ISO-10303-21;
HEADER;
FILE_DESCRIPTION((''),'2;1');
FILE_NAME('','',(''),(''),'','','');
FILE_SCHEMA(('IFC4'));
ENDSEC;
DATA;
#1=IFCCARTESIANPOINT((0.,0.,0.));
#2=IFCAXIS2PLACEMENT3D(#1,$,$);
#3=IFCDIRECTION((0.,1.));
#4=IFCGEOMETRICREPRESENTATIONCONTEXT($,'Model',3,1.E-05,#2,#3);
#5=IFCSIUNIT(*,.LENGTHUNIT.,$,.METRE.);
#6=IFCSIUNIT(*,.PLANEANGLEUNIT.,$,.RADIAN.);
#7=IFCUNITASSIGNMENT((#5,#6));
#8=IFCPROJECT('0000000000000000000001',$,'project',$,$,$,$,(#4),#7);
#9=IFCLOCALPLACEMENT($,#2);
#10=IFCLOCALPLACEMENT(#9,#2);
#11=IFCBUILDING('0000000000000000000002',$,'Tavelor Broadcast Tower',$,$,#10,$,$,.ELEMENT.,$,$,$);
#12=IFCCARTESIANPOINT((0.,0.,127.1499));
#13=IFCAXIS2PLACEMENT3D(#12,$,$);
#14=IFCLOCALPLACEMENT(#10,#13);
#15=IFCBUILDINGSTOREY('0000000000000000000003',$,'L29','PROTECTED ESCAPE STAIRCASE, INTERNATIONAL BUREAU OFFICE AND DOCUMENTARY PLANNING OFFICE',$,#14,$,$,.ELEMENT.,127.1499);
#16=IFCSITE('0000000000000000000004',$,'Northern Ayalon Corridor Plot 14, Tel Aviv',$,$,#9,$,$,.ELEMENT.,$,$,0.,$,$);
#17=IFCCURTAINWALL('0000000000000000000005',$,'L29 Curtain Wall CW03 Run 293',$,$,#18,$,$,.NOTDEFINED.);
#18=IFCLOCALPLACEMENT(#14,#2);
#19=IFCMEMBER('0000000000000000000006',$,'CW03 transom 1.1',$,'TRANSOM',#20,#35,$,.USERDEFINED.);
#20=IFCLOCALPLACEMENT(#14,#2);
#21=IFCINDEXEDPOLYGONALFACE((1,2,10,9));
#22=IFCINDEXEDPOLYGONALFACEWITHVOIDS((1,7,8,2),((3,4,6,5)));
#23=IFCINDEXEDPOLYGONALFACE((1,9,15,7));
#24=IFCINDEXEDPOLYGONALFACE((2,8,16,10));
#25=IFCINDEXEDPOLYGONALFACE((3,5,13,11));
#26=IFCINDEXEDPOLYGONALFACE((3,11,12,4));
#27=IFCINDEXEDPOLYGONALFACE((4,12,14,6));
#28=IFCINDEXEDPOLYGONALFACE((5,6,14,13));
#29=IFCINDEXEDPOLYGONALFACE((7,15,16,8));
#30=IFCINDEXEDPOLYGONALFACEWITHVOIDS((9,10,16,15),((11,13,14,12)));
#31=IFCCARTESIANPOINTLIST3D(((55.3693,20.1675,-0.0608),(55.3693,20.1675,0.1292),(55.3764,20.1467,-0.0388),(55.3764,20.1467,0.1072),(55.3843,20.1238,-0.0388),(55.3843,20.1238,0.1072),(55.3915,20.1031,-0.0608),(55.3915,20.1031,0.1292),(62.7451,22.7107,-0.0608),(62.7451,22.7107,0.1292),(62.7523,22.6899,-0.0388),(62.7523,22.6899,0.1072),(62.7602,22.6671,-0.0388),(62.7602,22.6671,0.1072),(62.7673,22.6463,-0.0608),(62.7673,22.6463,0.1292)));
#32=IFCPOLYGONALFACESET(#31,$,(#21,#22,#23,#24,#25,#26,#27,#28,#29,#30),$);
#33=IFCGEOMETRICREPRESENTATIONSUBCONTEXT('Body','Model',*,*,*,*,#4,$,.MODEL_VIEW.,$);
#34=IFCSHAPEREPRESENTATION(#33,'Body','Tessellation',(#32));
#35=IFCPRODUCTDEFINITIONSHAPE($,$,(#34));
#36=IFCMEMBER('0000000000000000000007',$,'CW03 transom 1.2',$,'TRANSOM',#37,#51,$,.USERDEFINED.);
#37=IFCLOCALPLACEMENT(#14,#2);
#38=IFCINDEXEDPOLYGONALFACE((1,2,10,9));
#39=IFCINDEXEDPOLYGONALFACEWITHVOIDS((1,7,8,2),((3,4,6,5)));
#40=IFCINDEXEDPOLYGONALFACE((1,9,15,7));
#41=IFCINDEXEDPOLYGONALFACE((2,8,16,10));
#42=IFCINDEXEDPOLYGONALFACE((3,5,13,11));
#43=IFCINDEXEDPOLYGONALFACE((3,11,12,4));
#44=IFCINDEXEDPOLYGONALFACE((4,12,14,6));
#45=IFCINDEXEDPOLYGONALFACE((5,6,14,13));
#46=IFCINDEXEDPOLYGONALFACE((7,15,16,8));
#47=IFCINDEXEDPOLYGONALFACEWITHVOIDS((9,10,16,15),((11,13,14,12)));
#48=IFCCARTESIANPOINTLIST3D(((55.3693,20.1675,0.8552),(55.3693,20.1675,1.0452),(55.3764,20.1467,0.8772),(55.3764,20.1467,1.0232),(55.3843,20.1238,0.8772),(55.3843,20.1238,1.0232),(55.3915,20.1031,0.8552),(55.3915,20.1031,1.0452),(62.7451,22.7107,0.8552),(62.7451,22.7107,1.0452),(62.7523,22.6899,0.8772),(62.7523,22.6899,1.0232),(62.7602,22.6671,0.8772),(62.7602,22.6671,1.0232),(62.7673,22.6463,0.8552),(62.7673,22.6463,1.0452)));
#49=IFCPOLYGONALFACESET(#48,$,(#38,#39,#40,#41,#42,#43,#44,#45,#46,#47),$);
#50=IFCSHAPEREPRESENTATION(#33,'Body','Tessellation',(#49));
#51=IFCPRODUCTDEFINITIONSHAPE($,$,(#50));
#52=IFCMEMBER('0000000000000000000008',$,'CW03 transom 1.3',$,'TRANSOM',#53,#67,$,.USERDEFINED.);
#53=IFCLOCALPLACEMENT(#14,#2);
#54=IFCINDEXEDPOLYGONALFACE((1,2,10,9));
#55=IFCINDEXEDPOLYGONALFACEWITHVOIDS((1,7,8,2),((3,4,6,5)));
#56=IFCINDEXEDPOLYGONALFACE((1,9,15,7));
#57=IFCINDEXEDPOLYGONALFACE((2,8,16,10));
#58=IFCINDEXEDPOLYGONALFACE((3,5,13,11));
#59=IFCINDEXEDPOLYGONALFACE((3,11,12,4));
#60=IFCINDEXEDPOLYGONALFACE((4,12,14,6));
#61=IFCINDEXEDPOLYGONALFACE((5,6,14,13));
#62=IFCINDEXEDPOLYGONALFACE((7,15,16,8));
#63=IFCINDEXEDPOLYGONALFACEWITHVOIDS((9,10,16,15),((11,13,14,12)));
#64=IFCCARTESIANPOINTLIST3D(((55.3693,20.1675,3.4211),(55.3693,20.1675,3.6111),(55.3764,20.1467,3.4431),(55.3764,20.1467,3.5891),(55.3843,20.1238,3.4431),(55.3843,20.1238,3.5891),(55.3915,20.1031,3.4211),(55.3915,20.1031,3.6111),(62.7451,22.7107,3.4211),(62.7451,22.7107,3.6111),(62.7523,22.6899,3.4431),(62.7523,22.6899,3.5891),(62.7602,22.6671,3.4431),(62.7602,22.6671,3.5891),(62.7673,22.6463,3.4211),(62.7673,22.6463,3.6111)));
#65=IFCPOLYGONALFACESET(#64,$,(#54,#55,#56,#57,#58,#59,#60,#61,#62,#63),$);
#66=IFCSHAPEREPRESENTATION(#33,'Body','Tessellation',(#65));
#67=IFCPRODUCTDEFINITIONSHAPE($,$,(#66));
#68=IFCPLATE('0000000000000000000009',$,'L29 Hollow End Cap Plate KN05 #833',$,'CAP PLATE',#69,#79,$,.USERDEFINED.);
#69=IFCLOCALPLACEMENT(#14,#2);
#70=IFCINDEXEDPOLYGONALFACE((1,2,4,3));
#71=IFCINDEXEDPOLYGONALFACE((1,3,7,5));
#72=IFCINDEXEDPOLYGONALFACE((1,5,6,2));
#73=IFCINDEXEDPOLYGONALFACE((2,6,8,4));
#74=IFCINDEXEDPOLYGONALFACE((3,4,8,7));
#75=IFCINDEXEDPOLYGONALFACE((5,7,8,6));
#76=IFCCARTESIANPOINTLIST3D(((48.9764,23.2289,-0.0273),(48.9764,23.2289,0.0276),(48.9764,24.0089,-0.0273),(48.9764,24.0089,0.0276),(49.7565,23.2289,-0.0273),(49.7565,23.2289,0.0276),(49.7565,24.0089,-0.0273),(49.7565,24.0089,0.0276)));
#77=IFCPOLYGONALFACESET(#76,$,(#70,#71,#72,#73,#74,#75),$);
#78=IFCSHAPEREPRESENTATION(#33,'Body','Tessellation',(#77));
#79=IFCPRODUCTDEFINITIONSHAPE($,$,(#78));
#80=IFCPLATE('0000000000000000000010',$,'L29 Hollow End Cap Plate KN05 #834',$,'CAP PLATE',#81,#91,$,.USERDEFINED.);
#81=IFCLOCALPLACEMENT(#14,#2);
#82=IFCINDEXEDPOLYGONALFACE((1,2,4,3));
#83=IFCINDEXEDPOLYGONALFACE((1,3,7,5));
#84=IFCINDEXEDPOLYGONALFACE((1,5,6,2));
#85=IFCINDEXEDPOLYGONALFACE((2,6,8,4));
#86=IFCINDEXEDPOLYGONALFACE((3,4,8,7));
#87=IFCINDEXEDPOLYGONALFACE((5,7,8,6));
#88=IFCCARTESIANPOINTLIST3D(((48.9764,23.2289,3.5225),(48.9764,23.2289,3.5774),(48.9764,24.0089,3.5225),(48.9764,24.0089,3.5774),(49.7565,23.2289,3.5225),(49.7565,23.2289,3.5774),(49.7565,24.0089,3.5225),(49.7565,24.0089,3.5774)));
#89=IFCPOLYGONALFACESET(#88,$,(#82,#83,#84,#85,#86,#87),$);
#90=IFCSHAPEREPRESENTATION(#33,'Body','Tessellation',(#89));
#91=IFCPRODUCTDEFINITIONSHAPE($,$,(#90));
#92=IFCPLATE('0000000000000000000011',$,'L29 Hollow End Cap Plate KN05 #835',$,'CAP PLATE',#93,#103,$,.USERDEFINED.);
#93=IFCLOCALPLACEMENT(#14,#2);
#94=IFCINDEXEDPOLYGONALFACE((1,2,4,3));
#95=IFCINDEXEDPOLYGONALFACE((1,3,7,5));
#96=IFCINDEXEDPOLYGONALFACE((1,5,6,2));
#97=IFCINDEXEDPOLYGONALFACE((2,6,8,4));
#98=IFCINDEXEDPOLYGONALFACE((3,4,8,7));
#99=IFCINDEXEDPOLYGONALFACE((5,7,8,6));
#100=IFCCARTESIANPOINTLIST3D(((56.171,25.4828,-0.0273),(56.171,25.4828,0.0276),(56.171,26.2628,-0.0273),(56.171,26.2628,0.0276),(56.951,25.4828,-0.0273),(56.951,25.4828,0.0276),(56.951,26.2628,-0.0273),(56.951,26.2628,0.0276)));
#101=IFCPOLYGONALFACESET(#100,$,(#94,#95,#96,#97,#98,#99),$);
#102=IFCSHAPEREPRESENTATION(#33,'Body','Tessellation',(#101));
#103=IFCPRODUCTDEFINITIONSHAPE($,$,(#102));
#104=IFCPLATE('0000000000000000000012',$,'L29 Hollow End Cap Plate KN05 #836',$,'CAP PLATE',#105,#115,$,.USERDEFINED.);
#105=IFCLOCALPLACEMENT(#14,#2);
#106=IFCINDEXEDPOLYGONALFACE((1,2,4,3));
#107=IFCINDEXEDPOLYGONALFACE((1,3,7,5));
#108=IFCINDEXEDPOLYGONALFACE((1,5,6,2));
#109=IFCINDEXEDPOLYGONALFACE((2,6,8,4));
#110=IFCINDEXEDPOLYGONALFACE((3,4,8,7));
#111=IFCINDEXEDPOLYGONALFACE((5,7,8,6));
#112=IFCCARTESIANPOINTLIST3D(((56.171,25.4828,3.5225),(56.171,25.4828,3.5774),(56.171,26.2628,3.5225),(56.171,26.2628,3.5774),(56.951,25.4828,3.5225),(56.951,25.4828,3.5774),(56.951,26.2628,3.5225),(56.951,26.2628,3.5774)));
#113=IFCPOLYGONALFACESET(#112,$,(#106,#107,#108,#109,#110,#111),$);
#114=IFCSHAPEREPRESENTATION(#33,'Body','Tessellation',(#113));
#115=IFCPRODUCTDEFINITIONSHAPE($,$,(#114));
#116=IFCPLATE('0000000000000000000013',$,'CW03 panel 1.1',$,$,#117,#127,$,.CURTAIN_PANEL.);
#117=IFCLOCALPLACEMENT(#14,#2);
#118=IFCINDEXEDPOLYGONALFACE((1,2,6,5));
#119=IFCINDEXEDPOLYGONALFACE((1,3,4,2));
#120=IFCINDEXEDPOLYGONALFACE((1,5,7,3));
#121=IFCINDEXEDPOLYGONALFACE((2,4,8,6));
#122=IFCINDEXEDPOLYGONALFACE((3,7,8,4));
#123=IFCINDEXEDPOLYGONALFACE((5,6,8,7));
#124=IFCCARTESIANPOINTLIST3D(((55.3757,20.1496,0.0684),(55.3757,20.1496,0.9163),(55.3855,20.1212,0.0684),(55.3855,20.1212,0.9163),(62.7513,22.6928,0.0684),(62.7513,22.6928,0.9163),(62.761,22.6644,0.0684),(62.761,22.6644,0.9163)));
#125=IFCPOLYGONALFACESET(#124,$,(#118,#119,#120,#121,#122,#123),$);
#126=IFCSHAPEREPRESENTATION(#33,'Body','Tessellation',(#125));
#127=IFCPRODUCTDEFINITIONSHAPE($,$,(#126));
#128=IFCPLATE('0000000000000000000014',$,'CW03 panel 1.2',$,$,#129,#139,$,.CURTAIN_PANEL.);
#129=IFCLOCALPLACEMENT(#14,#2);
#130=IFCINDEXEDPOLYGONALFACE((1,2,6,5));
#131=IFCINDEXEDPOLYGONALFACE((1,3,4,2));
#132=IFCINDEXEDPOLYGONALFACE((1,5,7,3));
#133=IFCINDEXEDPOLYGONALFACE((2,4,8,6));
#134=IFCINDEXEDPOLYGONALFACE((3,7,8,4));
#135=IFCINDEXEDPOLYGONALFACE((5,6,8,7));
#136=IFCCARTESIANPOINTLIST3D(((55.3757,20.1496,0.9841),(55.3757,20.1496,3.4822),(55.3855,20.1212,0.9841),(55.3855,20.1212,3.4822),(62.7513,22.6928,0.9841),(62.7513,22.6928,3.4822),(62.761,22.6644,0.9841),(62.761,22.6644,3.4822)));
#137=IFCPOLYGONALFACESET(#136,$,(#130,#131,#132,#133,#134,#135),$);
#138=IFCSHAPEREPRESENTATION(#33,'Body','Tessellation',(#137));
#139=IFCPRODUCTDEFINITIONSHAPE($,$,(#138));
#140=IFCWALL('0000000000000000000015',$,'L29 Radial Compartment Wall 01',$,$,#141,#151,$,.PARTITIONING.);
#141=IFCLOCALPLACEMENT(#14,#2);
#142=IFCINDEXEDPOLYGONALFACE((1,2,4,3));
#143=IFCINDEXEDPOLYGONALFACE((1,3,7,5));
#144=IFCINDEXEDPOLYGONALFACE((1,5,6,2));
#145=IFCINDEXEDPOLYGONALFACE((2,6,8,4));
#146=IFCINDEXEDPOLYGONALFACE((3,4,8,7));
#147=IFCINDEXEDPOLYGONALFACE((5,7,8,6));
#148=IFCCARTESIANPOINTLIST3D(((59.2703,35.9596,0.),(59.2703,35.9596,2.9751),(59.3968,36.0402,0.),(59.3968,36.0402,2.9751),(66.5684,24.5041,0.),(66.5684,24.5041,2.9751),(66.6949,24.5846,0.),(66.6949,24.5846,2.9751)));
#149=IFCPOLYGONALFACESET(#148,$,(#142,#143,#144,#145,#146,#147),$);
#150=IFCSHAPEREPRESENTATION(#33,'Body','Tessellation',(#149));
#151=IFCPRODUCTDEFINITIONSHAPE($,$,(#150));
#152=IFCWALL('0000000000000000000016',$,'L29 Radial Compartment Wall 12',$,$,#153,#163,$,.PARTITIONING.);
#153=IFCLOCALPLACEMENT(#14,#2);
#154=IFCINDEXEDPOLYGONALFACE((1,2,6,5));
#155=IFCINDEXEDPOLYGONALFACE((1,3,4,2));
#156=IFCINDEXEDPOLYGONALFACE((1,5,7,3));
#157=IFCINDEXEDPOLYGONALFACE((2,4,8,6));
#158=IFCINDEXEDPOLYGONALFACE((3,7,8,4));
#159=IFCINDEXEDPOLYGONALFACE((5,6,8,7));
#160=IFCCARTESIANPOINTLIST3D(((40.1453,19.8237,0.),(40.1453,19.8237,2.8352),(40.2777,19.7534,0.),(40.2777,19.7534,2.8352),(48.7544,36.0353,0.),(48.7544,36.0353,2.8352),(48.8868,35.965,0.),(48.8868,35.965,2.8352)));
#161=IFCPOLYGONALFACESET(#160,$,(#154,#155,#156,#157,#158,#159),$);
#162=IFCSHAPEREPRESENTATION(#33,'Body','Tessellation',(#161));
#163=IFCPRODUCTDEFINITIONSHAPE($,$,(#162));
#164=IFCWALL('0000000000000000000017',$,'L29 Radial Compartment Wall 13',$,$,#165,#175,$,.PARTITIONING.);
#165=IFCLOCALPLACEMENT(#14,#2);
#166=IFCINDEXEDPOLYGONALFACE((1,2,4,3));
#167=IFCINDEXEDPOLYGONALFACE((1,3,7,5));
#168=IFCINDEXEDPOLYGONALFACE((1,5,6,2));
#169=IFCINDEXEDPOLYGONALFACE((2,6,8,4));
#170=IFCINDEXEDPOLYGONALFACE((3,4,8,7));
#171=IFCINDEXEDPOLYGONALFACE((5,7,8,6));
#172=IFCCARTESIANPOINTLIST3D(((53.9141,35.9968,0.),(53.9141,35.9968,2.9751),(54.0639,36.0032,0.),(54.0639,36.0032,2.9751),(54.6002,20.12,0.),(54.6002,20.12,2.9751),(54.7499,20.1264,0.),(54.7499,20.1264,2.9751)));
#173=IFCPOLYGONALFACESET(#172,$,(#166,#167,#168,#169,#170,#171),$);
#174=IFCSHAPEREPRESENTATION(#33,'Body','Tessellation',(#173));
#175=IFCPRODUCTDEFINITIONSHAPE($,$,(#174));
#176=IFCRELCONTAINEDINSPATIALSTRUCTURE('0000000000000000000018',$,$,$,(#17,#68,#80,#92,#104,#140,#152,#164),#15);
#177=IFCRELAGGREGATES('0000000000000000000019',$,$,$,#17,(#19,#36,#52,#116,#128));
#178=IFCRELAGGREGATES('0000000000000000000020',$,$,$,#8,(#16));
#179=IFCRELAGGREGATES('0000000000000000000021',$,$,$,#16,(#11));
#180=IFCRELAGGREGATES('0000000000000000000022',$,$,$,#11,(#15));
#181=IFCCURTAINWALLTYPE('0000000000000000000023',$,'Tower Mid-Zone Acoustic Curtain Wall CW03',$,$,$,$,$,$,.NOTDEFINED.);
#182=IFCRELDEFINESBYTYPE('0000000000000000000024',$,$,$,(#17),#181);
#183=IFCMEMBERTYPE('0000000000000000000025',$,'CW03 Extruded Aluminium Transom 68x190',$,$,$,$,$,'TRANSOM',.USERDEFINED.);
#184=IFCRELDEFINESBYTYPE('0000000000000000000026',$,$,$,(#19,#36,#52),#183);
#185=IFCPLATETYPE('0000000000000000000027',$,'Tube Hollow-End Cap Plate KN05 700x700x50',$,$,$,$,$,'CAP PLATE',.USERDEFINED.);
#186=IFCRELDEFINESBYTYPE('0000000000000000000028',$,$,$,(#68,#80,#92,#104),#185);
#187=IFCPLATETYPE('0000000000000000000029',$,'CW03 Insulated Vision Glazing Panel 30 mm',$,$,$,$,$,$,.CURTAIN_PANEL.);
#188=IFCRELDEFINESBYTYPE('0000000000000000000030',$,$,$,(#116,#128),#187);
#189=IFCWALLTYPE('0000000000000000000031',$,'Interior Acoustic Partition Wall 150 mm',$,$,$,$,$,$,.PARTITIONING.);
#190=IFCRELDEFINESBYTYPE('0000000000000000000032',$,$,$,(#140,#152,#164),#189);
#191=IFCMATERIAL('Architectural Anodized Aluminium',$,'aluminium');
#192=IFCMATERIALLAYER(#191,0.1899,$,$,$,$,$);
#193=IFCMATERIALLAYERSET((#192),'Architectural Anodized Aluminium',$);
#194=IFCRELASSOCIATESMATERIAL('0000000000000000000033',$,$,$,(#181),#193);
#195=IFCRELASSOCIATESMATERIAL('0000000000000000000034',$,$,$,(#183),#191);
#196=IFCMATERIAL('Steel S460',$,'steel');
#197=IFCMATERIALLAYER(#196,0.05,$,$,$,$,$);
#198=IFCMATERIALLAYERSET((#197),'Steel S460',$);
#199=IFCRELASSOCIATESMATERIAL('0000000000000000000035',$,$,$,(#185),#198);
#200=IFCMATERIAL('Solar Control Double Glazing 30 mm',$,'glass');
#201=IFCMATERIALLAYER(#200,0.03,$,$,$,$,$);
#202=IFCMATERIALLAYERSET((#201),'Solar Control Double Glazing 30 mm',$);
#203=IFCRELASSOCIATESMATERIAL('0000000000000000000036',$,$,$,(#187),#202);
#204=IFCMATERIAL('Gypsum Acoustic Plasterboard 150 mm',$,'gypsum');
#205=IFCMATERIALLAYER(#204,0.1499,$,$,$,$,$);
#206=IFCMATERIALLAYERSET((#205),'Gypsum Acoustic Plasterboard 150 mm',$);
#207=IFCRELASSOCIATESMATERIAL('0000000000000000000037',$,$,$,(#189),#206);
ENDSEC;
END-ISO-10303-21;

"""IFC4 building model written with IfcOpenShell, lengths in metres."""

from ifc_helpers import new_model, si_unit, direction, frame, frame_2d, origin, origin_2d, place, context, subcontext, project, spatial, rectangle, hollow_rectangle, extrude, source, transform, mapped, material, layer, layer_set, material_profile, profile_set, type_object, type_shapes, element, aggregate, save


model = new_model("IFC4")

# Units and contexts
model_context = context("Model", 3, precision=1e-05, world=origin(), true_north=direction((0.0, 1.0)))
body_context = subcontext(model_context, "Body", "Model", "MODEL_VIEW")
ifc_project = project(units=[si_unit("LENGTHUNIT", "METRE"), si_unit("PLANEANGLEUNIT", "RADIAN")], contexts=[model_context])

# Site, building, storey
site_placement = place(None, origin())
site = spatial("IfcSite", under=ifc_project, at=site_placement, Name="Northern Ayalon Corridor Plot 14, Tel Aviv", CompositionType="ELEMENT", RefElevation=0.0)
building_placement = place(site_placement, origin())
building = spatial("IfcBuilding", under=site, at=building_placement, Name="Tavelor Broadcast Tower", CompositionType="ELEMENT")
storey_placement = place(building_placement, frame((0.0, 0.0, 127.1499)))
storey = spatial("IfcBuildingStorey", under=building, at=storey_placement, Name="L29", Description="PROTECTED ESCAPE STAIRCASE, INTERNATIONAL BUREAU OFFICE AND DOCUMENTARY PLANNING OFFICE", CompositionType="ELEMENT", Elevation=127.1499)

# Shared definitions
ifc_material_1 = material(Name="Steel S460", Category="steel")

# Curtain wall, members
ifc_material_2 = material(Name="Architectural Anodized Aluminium", Category="aluminium")
ifc_layer_1 = layer(ifc_material_2, 0.1899)
ifc_layer_set_1 = layer_set([ifc_layer_1], Name="Architectural Anodized Aluminium")
curtain_wall_type = type_object("IfcCurtainWallType", Name="Tower Mid-Zone Acoustic Curtain Wall CW03", PredefinedType="NOTDEFINED", material=ifc_layer_set_1)
curtain_wall_placement = place(storey_placement, origin())
curtain_wall = element("IfcCurtainWall", 1, at=curtain_wall_placement, inside=storey, type_object=curtain_wall_type, Name="L29 Curtain Wall CW03 Run 293", PredefinedType="NOTDEFINED")
ifc_material_profile_1 = material_profile(ifc_material_2, hollow_rectangle(XDim=0.0681, YDim=0.1899, WallThickness=0.022, at=origin_2d()), Name="RHS 68x190x22")
ifc_profile_set_1 = profile_set([ifc_material_profile_1], Name="Architectural Anodized Aluminium")
member_type_1 = type_object("IfcMemberType", Name="CW03 Extruded Aluminium Transom 68x190", ElementType="TRANSOM", PredefinedType="USERDEFINED", material=ifc_profile_set_1)
shared_shape_1 = source(origin(), body_context, "Body", "SweptSolid", [
    extrude(hollow_rectangle(XDim=0.0681, YDim=0.1899, WallThickness=0.022, at=origin_2d()), origin(), (0.0, 0.0, 1.0), 7.802),
])
type_shapes(member_type_1, [shared_shape_1])
member_1_placement = place(storey_placement, frame((55.3804, 20.1353, 0.0342), z_axis=(0.945379, 0.325974, 0.0), x_axis=(-0.325974, 0.945379, 0.0)))
member_1 = element("IfcMember", 2, at=member_1_placement, type_object=member_type_1, Name="CW03 transom 1.1", ObjectType="TRANSOM", PredefinedType="USERDEFINED", context=body_context, shape_type="MappedRepresentation", body=[
    mapped(shared_shape_1, transform((0.0, 0.0, 0.0), scale=1.0)),
])
member_2_placement = place(storey_placement, frame((55.3804, 20.1353, 0.9502), z_axis=(0.945379, 0.325974, 0.0), x_axis=(-0.325974, 0.945379, 0.0)))
member_2 = element("IfcMember", 3, at=member_2_placement, type_object=member_type_1, Name="CW03 transom 1.2", ObjectType="TRANSOM", PredefinedType="USERDEFINED", context=body_context, shape_type="MappedRepresentation", body=[
    mapped(shared_shape_1, transform((0.0, 0.0, 0.0), scale=1.0)),
])
member_3_placement = place(storey_placement, frame((55.3804, 20.1353, 3.5161), z_axis=(0.945379, 0.325974, 0.0), x_axis=(-0.325974, 0.945379, 0.0)))
member_3 = element("IfcMember", 4, at=member_3_placement, type_object=member_type_1, Name="CW03 transom 1.3", ObjectType="TRANSOM", PredefinedType="USERDEFINED", context=body_context, shape_type="MappedRepresentation", body=[
    mapped(shared_shape_1, transform((0.0, 0.0, 0.0), scale=1.0)),
])

# Plates
ifc_layer_2 = layer(ifc_material_1, 0.05)
ifc_layer_set_2 = layer_set([ifc_layer_2], Name="Steel S460")
plate_type_1 = type_object("IfcPlateType", Name="Tube Hollow-End Cap Plate KN05 700x700x50", ElementType="CAP PLATE", PredefinedType="USERDEFINED", material=ifc_layer_set_2)
shared_shape_2 = source(origin(), body_context, "Body", "SweptSolid", [
    extrude(rectangle(XDim=0.78, YDim=0.78, at=origin_2d()), origin(), (0.0, 0.0, 1.0), 0.0549),
])
type_shapes(plate_type_1, [shared_shape_2])
for number, where, z_axis, x_axis, name in (
    (5, (49.3665, 23.6189, -0.0273), (0.0, 0.0, 1.0), (1.0, 0.0, 0.0), "L29 Hollow End Cap Plate KN05 #833"),
    (6, (49.3665, 23.6189, 3.5225), (0.0, 0.0, 1.0), (1.0, 0.0, 0.0), "L29 Hollow End Cap Plate KN05 #834"),
    (7, (56.561, 25.8728, -0.0273), (0.0, 0.0, 1.0), (1.0, 0.0, 0.0), "L29 Hollow End Cap Plate KN05 #835"),
    (8, (56.561, 25.8728, 3.5225), (0.0, 0.0, 1.0), (1.0, 0.0, 0.0), "L29 Hollow End Cap Plate KN05 #836"),
):
    element("IfcPlate", number, at=place(storey_placement, frame(where, z_axis=z_axis, x_axis=x_axis)), inside=storey, type_object=plate_type_1, Name=name, ObjectType="CAP PLATE", PredefinedType="USERDEFINED", context=body_context, shape_type="MappedRepresentation", body=[
        mapped(shared_shape_2, transform((0.0, 0.0, 0.0), scale=1.0)),
    ])

# Plates
ifc_material_3 = material(Name="Solar Control Double Glazing 30 mm", Category="glass")
ifc_layer_3 = layer(ifc_material_3, 0.03)
ifc_layer_set_3 = layer_set([ifc_layer_3], Name="Solar Control Double Glazing 30 mm")
plate_type_2 = type_object("IfcPlateType", Name="CW03 Insulated Vision Glazing Panel 30 mm", PredefinedType="CURTAIN_PANEL", material=ifc_layer_set_3)
shared_shape_3 = source(origin(), body_context, "Body", "SweptSolid", [
    extrude(rectangle(XDim=7.8018, YDim=0.03, at=origin_2d()), origin(), (0.0, 0.0, 1.0), 0.8479),
])
plate_1_placement = place(storey_placement, frame((59.0684, 21.407, 0.0684), z_axis=(0.0, 0.0, 1.0), x_axis=(0.945375, 0.325984, 0.0)))
plate_1 = element("IfcPlate", 9, at=plate_1_placement, type_object=plate_type_2, Name="CW03 panel 1.1", PredefinedType="CURTAIN_PANEL", context=body_context, shape_type="MappedRepresentation", body=[
    mapped(shared_shape_3, transform((0.0, 0.0, 0.0), scale=1.0)),
])
shared_shape_4 = source(origin(), body_context, "Body", "SweptSolid", [
    extrude(rectangle(XDim=7.8018, YDim=0.03, at=origin_2d()), origin(), (0.0, 0.0, 1.0), 2.498),
])
type_shapes(plate_type_2, [shared_shape_3, shared_shape_4])
plate_2_placement = place(storey_placement, frame((59.0684, 21.407, 0.9841), z_axis=(0.0, 0.0, 1.0), x_axis=(0.945375, 0.325984, 0.0)))
plate_2 = element("IfcPlate", 10, at=plate_2_placement, type_object=plate_type_2, Name="CW03 panel 1.2", PredefinedType="CURTAIN_PANEL", context=body_context, shape_type="MappedRepresentation", body=[
    mapped(shared_shape_4, transform((0.0, 0.0, 0.0), scale=1.0)),
])
aggregate(curtain_wall, [member_1, member_2, member_3, plate_1, plate_2])

# Walls
ifc_material_4 = material(Name="Gypsum Acoustic Plasterboard 150 mm", Category="gypsum")
ifc_layer_4 = layer(ifc_material_4, 0.1499)
ifc_layer_set_4 = layer_set([ifc_layer_4], Name="Gypsum Acoustic Plasterboard 150 mm")
wall_type = type_object("IfcWallType", Name="Interior Acoustic Partition Wall 150 mm", PredefinedType="PARTITIONING", material=ifc_layer_set_4)
wall_1_placement = place(storey_placement, frame((59.3335, 36.0, 0.0), z_axis=(0.0, 0.0, 1.0), x_axis=(0.537305, -0.843388, 0.0)))
element("IfcWall", 11, at=wall_1_placement, inside=storey, type_object=wall_type, Name="L29 Radial Compartment Wall 01", PredefinedType="PARTITIONING", context=body_context, shape_type="SweptSolid", body=[
    extrude(rectangle(XDim=13.5828, YDim=0.1499, at=frame_2d((6.7915, 0.0))), origin(), (0.0, 0.0, 1.0), 2.9751),
])
wall_2_placement = place(storey_placement, frame((48.8206, 36.0, 0.0), z_axis=(0.0, 0.0, 1.0), x_axis=(-0.469014, -0.883191, 0.0)))
element("IfcWall", 12, at=wall_2_placement, inside=storey, type_object=wall_type, Name="L29 Radial Compartment Wall 12", PredefinedType="PARTITIONING", context=body_context, shape_type="SweptSolid", body=[
    extrude(rectangle(XDim=18.3557, YDim=0.1499, at=frame_2d((9.1777, 0.0))), origin(), (0.0, 0.0, 1.0), 2.8352),
])
wall_3_placement = place(storey_placement, frame((53.989, 36.0, 0.0), z_axis=(0.0, 0.0, 1.0), x_axis=(0.04317, -0.999068, 0.0)))
element("IfcWall", 13, at=wall_3_placement, inside=storey, type_object=wall_type, Name="L29 Radial Compartment Wall 13", PredefinedType="PARTITIONING", context=body_context, shape_type="SweptSolid", body=[
    extrude(rectangle(XDim=15.8916, YDim=0.1499, at=frame_2d((7.9458, 0.0))), origin(), (0.0, 0.0, 1.0), 2.9751),
])

save(model, "model.ifc")
